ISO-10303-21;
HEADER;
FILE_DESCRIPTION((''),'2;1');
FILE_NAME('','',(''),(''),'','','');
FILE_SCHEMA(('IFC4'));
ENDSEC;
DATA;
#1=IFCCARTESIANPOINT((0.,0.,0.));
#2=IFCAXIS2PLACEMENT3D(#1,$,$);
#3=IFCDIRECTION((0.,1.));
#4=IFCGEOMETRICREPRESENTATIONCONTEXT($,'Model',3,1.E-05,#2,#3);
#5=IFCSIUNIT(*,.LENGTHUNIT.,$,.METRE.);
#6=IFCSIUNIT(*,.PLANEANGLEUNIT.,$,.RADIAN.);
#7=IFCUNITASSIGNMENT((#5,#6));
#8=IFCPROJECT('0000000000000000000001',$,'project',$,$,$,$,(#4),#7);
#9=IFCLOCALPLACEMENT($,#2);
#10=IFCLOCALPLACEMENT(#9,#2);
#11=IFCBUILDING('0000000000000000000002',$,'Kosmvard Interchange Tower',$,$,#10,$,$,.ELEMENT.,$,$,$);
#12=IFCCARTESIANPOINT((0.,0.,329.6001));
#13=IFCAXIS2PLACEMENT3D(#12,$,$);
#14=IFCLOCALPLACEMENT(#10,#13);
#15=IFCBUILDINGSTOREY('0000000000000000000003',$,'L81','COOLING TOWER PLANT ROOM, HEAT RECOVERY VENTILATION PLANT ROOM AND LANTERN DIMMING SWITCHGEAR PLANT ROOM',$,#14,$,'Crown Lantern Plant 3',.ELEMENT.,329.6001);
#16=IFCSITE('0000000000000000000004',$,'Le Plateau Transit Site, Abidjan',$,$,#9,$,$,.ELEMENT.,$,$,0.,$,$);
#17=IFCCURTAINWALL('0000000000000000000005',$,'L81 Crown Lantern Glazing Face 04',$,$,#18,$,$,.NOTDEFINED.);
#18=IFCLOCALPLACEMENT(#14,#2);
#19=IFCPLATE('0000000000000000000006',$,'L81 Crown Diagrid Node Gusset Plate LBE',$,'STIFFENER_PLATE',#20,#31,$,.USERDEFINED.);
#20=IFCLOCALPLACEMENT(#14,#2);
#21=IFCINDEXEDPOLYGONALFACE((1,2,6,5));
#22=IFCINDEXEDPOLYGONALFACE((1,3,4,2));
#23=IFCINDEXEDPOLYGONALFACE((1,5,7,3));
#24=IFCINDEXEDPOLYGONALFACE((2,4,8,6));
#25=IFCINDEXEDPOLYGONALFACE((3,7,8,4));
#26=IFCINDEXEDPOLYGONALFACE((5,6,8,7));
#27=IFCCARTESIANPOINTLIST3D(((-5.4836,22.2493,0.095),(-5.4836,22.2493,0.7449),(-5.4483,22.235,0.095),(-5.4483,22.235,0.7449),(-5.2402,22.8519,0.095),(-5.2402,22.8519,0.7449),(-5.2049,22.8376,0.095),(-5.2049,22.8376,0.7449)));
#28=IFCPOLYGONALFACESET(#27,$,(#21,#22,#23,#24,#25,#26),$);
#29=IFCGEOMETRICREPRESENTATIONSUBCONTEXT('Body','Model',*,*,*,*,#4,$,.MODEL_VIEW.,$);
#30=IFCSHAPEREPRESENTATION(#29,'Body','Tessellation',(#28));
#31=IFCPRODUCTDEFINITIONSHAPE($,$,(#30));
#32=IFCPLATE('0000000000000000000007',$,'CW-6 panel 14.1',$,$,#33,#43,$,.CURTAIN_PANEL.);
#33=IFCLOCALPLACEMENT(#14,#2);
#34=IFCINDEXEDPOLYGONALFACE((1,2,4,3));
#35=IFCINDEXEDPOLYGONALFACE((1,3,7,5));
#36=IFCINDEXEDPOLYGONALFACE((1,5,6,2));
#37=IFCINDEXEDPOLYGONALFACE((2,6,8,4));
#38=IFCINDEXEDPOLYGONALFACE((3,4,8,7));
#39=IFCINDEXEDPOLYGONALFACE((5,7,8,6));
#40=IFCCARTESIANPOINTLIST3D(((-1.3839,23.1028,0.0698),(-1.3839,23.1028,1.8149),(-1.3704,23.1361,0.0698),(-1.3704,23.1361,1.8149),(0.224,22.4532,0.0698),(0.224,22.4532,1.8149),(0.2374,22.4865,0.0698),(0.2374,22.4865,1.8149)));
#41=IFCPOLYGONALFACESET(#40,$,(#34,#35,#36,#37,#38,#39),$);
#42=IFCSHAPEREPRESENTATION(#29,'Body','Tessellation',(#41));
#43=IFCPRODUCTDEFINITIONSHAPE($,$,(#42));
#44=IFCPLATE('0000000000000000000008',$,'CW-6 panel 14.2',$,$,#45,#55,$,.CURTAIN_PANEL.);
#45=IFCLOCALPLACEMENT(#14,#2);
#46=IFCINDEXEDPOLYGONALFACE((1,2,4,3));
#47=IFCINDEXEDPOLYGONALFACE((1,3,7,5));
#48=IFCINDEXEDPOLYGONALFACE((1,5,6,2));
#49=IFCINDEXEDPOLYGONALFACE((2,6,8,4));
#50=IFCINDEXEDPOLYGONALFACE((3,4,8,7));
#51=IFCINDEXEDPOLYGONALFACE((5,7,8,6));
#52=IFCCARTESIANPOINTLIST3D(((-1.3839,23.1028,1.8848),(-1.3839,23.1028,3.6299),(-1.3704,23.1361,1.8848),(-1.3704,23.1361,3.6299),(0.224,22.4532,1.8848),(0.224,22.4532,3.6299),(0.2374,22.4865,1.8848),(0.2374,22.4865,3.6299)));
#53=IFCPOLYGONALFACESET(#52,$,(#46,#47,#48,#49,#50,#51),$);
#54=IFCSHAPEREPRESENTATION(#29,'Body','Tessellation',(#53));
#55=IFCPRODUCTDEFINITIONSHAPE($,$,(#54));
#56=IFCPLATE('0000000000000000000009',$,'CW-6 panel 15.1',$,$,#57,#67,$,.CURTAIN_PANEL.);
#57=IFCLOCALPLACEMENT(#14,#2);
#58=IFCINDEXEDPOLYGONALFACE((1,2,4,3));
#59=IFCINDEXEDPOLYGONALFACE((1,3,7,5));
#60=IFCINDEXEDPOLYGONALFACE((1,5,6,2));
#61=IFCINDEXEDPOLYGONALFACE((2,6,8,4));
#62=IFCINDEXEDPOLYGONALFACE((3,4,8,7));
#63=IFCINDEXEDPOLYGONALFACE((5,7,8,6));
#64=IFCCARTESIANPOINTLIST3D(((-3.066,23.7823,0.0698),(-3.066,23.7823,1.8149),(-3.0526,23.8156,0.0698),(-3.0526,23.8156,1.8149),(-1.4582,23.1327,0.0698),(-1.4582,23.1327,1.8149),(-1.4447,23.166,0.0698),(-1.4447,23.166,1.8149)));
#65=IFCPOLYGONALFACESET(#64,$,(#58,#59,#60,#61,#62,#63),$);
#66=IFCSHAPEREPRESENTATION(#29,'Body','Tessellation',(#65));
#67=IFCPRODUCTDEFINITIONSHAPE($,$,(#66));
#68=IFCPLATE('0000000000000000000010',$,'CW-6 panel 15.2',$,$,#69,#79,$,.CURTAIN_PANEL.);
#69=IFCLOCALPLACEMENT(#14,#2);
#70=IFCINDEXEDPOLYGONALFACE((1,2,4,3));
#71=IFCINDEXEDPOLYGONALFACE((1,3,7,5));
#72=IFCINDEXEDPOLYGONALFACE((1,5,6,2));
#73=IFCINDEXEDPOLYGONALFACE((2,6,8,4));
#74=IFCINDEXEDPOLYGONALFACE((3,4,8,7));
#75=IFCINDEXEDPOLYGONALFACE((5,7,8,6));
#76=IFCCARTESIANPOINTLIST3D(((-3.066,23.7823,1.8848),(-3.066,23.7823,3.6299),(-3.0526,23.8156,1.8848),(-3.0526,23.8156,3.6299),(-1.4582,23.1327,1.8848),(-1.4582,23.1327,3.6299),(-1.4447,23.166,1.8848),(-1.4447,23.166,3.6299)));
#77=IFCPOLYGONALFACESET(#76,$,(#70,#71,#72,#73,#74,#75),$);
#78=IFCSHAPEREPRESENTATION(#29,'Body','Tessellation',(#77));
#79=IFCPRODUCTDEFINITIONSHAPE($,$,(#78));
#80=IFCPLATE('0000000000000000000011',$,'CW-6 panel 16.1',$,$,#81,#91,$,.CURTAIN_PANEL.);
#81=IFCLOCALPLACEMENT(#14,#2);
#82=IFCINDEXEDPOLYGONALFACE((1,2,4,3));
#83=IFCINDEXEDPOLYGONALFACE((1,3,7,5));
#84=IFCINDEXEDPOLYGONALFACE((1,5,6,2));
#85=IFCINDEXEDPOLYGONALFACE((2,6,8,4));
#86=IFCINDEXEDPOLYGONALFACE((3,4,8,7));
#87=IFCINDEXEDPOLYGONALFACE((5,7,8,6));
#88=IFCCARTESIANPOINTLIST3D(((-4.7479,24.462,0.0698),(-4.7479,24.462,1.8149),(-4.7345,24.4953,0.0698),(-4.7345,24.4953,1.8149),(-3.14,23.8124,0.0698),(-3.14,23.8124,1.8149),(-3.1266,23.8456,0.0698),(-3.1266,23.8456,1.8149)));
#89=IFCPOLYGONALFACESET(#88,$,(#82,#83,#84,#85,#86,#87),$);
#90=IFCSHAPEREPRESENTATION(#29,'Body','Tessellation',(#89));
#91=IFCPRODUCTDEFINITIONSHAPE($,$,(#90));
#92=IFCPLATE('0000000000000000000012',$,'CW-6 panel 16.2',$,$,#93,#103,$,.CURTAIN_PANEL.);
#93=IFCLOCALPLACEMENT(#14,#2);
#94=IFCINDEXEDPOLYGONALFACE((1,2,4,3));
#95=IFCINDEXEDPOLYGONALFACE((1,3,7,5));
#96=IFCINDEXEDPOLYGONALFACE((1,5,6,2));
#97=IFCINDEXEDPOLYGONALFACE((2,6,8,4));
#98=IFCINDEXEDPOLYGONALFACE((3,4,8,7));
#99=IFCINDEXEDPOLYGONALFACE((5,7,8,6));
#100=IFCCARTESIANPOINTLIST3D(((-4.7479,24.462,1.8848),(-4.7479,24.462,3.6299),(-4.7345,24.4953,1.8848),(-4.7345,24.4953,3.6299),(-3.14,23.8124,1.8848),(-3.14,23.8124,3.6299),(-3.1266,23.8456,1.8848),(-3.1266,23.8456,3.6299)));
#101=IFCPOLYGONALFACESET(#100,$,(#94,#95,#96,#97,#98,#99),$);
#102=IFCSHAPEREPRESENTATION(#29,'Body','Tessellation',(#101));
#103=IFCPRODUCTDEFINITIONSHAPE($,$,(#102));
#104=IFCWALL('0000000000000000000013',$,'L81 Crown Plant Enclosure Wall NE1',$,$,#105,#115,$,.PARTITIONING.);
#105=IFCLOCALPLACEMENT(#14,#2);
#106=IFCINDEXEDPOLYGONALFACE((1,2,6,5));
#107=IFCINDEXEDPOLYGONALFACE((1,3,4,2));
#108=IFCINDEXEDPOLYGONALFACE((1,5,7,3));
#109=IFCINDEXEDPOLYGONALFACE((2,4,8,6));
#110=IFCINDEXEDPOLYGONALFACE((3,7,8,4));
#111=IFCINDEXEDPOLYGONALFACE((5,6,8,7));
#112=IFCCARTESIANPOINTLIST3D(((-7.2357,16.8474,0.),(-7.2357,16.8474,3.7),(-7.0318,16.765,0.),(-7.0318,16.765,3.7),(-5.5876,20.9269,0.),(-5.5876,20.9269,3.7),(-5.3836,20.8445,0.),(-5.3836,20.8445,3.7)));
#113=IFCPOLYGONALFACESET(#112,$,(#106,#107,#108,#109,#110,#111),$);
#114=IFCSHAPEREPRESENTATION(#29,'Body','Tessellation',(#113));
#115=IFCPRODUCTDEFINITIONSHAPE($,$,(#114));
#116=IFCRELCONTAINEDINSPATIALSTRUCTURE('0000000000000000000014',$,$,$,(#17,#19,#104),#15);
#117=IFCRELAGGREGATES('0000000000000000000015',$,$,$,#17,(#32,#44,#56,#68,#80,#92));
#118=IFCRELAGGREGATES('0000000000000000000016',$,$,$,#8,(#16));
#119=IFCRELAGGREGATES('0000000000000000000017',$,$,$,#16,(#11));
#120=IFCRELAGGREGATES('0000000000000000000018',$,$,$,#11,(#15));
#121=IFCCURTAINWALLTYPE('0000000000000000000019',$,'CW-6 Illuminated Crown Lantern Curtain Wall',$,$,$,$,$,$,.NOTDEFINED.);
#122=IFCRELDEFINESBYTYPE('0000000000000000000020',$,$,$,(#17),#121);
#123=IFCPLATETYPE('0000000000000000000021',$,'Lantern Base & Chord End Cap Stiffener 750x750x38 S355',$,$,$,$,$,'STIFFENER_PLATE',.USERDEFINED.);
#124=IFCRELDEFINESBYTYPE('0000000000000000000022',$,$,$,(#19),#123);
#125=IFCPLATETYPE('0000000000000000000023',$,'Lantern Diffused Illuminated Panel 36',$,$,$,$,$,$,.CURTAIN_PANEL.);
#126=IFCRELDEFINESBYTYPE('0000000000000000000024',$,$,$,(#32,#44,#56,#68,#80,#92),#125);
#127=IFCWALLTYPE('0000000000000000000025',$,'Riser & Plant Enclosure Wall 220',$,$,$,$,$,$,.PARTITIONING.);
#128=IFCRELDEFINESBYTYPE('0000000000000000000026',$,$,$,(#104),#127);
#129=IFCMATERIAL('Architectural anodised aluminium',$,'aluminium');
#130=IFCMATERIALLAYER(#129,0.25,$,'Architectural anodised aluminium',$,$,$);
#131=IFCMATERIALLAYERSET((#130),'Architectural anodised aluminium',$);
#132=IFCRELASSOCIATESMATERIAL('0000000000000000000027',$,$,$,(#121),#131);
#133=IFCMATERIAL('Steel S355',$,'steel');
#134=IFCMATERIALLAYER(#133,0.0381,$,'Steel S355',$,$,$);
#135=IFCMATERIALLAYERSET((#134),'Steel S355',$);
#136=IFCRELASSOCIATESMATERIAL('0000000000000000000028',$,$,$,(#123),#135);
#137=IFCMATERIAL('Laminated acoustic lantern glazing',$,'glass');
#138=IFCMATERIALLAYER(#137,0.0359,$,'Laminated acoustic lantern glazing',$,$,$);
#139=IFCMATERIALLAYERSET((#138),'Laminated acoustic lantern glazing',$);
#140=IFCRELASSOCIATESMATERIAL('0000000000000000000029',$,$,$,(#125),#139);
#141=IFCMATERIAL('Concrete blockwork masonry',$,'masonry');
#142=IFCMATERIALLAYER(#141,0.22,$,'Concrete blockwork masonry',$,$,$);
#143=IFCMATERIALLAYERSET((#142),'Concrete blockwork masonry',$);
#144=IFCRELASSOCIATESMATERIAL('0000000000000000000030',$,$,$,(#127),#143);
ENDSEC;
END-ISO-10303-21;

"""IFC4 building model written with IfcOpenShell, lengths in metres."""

from ifc_helpers import new_model, si_unit, direction, frame, frame_2d, origin, origin_2d, place, context, subcontext, project, spatial, rectangle, extrude, source, transform, mapped, material, layer, layer_set, type_object, element, aggregate, save


model = new_model("IFC4")

# Units and contexts
model_context = context("Model", 3, precision=1e-05, world=origin(), true_north=direction((0.0, 1.0)))
body_context = subcontext(model_context, "Body", "Model", "MODEL_VIEW")
ifc_project = project(units=[si_unit("LENGTHUNIT", "METRE"), si_unit("PLANEANGLEUNIT", "RADIAN")], contexts=[model_context])

# Site, building, storey
site_placement = place(None, origin())
site = spatial("IfcSite", under=ifc_project, at=site_placement, Name="Le Plateau Transit Site, Abidjan", CompositionType="ELEMENT", RefElevation=0.0)
building_placement = place(site_placement, origin())
building = spatial("IfcBuilding", under=site, at=building_placement, Name="Kosmvard Interchange Tower", CompositionType="ELEMENT")
storey_placement = place(building_placement, frame((0.0, 0.0, 329.6001)))
storey = spatial("IfcBuildingStorey", under=building, at=storey_placement, Name="L81", Description="COOLING TOWER PLANT ROOM, HEAT RECOVERY VENTILATION PLANT ROOM AND LANTERN DIMMING SWITCHGEAR PLANT ROOM", LongName="Crown Lantern Plant 3", CompositionType="ELEMENT", Elevation=329.6001)

# Shared definitions
ifc_material_1 = material(Name="Steel S355", Category="steel")

# Curtain wall
ifc_material_2 = material(Name="Architectural anodised aluminium", Category="aluminium")
ifc_layer_1 = layer(ifc_material_2, 0.25, Name="Architectural anodised aluminium")
ifc_layer_set_1 = layer_set([ifc_layer_1], Name="Architectural anodised aluminium")
curtain_wall_type = type_object("IfcCurtainWallType", Name="CW-6 Illuminated Crown Lantern Curtain Wall", PredefinedType="NOTDEFINED", material=ifc_layer_set_1)
curtain_wall_placement = place(storey_placement, origin())
curtain_wall = element("IfcCurtainWall", 1, at=curtain_wall_placement, inside=storey, type_object=curtain_wall_type, Name="L81 Crown Lantern Glazing Face 04", PredefinedType="NOTDEFINED")

# Plates
ifc_layer_2 = layer(ifc_material_1, 0.0381, Name="Steel S355")
ifc_layer_set_2 = layer_set([ifc_layer_2], Name="Steel S355")
plate_type_1 = type_object("IfcPlateType", Name="Lantern Base & Chord End Cap Stiffener 750x750x38 S355", ElementType="STIFFENER_PLATE", PredefinedType="USERDEFINED", material=ifc_layer_set_2)
shared_shape_1 = source(origin(), body_context, "Body", "SweptSolid", [
    extrude(rectangle(XDim=0.6499, YDim=0.0381, at=origin_2d()), origin(), (0.0, 0.0, 1.0), 0.6499),
])
plate_1_placement = place(storey_placement, frame((-5.3442, 22.5435, 0.095), z_axis=(0.0, 0.0, 1.0), x_axis=(0.374607, 0.927184, 0.0)))
element("IfcPlate", 2, at=plate_1_placement, inside=storey, type_object=plate_type_1, Name="L81 Crown Diagrid Node Gusset Plate LBE", ObjectType="STIFFENER_PLATE", PredefinedType="USERDEFINED", context=body_context, shape_type="MappedRepresentation", body=[
    mapped(shared_shape_1, transform((0.0, 0.0, 0.0), scale=1.0)),
])
ifc_material_3 = material(Name="Laminated acoustic lantern glazing", Category="glass")
ifc_layer_3 = layer(ifc_material_3, 0.0359, Name="Laminated acoustic lantern glazing")
ifc_layer_set_3 = layer_set([ifc_layer_3], Name="Laminated acoustic lantern glazing")
plate_type_2 = type_object("IfcPlateType", Name="Lantern Diffused Illuminated Panel 36", PredefinedType="CURTAIN_PANEL", material=ifc_layer_set_3)
shared_shape_2 = source(origin(), body_context, "Body", "SweptSolid", [
    extrude(rectangle(XDim=1.7341, YDim=0.0359, at=origin_2d()), origin(), (0.0, 0.0, 1.0), 1.7451),
])
plate_2_placement = place(storey_placement, frame((-0.5732, 22.7947, 0.0698), z_axis=(0.0, 0.0, 1.0), x_axis=(-0.927184, 0.374607, 0.0)))
plate_2 = element("IfcPlate", 3, at=plate_2_placement, type_object=plate_type_2, Name="CW-6 panel 14.1", PredefinedType="CURTAIN_PANEL", context=body_context, shape_type="MappedRepresentation", body=[
    mapped(shared_shape_2, transform((0.0, 0.0, 0.0), scale=1.0)),
])
plate_3_placement = place(storey_placement, frame((-0.5732, 22.7947, 1.8848), z_axis=(0.0, 0.0, 1.0), x_axis=(-0.927184, 0.374607, 0.0)))
plate_3 = element("IfcPlate", 4, at=plate_3_placement, type_object=plate_type_2, Name="CW-6 panel 14.2", PredefinedType="CURTAIN_PANEL", context=body_context, shape_type="MappedRepresentation", body=[
    mapped(shared_shape_2, transform((0.0, 0.0, 0.0), scale=1.0)),
])
plate_4_placement = place(storey_placement, frame((-2.2554, 23.4741, 0.0698), z_axis=(0.0, 0.0, 1.0), x_axis=(-0.927184, 0.374607, 0.0)))
plate_4 = element("IfcPlate", 5, at=plate_4_placement, type_object=plate_type_2, Name="CW-6 panel 15.1", PredefinedType="CURTAIN_PANEL", context=body_context, shape_type="MappedRepresentation", body=[
    mapped(shared_shape_2, transform((0.0, 0.0, 0.0), scale=1.0)),
])
plate_5_placement = place(storey_placement, frame((-2.2554, 23.4741, 1.8848), z_axis=(0.0, 0.0, 1.0), x_axis=(-0.927184, 0.374607, 0.0)))
plate_5 = element("IfcPlate", 6, at=plate_5_placement, type_object=plate_type_2, Name="CW-6 panel 15.2", PredefinedType="CURTAIN_PANEL", context=body_context, shape_type="MappedRepresentation", body=[
    mapped(shared_shape_2, transform((0.0, 0.0, 0.0), scale=1.0)),
])
plate_6_placement = place(storey_placement, frame((-3.9373, 24.1538, 0.0698), z_axis=(0.0, 0.0, 1.0), x_axis=(-0.927184, 0.374607, 0.0)))
plate_6 = element("IfcPlate", 7, at=plate_6_placement, type_object=plate_type_2, Name="CW-6 panel 16.1", PredefinedType="CURTAIN_PANEL", context=body_context, shape_type="MappedRepresentation", body=[
    mapped(shared_shape_2, transform((0.0, 0.0, 0.0), scale=1.0)),
])
plate_7_placement = place(storey_placement, frame((-3.9373, 24.1538, 1.8848), z_axis=(0.0, 0.0, 1.0), x_axis=(-0.927184, 0.374607, 0.0)))
plate_7 = element("IfcPlate", 8, at=plate_7_placement, type_object=plate_type_2, Name="CW-6 panel 16.2", PredefinedType="CURTAIN_PANEL", context=body_context, shape_type="MappedRepresentation", body=[
    mapped(shared_shape_2, transform((0.0, 0.0, 0.0), scale=1.0)),
])
aggregate(curtain_wall, [plate_2, plate_3, plate_4, plate_5, plate_6, plate_7])

# Wall
ifc_material_4 = material(Name="Concrete blockwork masonry", Category="masonry")
ifc_layer_4 = layer(ifc_material_4, 0.22, Name="Concrete blockwork masonry")
ifc_layer_set_4 = layer_set([ifc_layer_4], Name="Concrete blockwork masonry")
wall_type = type_object("IfcWallType", Name="Riser & Plant Enclosure Wall 220", PredefinedType="PARTITIONING", material=ifc_layer_set_4)
wall_placement = place(storey_placement, frame((-5.4856, 20.8857, 0.0), z_axis=(0.0, 0.0, 1.0), x_axis=(-0.374593, -0.927189, 0.0)))
element("IfcWall", 9, at=wall_placement, inside=storey, type_object=wall_type, Name="L81 Crown Plant Enclosure Wall NE1", PredefinedType="PARTITIONING", context=body_context, shape_type="SweptSolid", body=[
    extrude(rectangle(XDim=4.3999, YDim=0.22, at=frame_2d((2.2, 0.0))), origin(), (0.0, 0.0, 1.0), 3.7),
])

save(model, "model.ifc")
